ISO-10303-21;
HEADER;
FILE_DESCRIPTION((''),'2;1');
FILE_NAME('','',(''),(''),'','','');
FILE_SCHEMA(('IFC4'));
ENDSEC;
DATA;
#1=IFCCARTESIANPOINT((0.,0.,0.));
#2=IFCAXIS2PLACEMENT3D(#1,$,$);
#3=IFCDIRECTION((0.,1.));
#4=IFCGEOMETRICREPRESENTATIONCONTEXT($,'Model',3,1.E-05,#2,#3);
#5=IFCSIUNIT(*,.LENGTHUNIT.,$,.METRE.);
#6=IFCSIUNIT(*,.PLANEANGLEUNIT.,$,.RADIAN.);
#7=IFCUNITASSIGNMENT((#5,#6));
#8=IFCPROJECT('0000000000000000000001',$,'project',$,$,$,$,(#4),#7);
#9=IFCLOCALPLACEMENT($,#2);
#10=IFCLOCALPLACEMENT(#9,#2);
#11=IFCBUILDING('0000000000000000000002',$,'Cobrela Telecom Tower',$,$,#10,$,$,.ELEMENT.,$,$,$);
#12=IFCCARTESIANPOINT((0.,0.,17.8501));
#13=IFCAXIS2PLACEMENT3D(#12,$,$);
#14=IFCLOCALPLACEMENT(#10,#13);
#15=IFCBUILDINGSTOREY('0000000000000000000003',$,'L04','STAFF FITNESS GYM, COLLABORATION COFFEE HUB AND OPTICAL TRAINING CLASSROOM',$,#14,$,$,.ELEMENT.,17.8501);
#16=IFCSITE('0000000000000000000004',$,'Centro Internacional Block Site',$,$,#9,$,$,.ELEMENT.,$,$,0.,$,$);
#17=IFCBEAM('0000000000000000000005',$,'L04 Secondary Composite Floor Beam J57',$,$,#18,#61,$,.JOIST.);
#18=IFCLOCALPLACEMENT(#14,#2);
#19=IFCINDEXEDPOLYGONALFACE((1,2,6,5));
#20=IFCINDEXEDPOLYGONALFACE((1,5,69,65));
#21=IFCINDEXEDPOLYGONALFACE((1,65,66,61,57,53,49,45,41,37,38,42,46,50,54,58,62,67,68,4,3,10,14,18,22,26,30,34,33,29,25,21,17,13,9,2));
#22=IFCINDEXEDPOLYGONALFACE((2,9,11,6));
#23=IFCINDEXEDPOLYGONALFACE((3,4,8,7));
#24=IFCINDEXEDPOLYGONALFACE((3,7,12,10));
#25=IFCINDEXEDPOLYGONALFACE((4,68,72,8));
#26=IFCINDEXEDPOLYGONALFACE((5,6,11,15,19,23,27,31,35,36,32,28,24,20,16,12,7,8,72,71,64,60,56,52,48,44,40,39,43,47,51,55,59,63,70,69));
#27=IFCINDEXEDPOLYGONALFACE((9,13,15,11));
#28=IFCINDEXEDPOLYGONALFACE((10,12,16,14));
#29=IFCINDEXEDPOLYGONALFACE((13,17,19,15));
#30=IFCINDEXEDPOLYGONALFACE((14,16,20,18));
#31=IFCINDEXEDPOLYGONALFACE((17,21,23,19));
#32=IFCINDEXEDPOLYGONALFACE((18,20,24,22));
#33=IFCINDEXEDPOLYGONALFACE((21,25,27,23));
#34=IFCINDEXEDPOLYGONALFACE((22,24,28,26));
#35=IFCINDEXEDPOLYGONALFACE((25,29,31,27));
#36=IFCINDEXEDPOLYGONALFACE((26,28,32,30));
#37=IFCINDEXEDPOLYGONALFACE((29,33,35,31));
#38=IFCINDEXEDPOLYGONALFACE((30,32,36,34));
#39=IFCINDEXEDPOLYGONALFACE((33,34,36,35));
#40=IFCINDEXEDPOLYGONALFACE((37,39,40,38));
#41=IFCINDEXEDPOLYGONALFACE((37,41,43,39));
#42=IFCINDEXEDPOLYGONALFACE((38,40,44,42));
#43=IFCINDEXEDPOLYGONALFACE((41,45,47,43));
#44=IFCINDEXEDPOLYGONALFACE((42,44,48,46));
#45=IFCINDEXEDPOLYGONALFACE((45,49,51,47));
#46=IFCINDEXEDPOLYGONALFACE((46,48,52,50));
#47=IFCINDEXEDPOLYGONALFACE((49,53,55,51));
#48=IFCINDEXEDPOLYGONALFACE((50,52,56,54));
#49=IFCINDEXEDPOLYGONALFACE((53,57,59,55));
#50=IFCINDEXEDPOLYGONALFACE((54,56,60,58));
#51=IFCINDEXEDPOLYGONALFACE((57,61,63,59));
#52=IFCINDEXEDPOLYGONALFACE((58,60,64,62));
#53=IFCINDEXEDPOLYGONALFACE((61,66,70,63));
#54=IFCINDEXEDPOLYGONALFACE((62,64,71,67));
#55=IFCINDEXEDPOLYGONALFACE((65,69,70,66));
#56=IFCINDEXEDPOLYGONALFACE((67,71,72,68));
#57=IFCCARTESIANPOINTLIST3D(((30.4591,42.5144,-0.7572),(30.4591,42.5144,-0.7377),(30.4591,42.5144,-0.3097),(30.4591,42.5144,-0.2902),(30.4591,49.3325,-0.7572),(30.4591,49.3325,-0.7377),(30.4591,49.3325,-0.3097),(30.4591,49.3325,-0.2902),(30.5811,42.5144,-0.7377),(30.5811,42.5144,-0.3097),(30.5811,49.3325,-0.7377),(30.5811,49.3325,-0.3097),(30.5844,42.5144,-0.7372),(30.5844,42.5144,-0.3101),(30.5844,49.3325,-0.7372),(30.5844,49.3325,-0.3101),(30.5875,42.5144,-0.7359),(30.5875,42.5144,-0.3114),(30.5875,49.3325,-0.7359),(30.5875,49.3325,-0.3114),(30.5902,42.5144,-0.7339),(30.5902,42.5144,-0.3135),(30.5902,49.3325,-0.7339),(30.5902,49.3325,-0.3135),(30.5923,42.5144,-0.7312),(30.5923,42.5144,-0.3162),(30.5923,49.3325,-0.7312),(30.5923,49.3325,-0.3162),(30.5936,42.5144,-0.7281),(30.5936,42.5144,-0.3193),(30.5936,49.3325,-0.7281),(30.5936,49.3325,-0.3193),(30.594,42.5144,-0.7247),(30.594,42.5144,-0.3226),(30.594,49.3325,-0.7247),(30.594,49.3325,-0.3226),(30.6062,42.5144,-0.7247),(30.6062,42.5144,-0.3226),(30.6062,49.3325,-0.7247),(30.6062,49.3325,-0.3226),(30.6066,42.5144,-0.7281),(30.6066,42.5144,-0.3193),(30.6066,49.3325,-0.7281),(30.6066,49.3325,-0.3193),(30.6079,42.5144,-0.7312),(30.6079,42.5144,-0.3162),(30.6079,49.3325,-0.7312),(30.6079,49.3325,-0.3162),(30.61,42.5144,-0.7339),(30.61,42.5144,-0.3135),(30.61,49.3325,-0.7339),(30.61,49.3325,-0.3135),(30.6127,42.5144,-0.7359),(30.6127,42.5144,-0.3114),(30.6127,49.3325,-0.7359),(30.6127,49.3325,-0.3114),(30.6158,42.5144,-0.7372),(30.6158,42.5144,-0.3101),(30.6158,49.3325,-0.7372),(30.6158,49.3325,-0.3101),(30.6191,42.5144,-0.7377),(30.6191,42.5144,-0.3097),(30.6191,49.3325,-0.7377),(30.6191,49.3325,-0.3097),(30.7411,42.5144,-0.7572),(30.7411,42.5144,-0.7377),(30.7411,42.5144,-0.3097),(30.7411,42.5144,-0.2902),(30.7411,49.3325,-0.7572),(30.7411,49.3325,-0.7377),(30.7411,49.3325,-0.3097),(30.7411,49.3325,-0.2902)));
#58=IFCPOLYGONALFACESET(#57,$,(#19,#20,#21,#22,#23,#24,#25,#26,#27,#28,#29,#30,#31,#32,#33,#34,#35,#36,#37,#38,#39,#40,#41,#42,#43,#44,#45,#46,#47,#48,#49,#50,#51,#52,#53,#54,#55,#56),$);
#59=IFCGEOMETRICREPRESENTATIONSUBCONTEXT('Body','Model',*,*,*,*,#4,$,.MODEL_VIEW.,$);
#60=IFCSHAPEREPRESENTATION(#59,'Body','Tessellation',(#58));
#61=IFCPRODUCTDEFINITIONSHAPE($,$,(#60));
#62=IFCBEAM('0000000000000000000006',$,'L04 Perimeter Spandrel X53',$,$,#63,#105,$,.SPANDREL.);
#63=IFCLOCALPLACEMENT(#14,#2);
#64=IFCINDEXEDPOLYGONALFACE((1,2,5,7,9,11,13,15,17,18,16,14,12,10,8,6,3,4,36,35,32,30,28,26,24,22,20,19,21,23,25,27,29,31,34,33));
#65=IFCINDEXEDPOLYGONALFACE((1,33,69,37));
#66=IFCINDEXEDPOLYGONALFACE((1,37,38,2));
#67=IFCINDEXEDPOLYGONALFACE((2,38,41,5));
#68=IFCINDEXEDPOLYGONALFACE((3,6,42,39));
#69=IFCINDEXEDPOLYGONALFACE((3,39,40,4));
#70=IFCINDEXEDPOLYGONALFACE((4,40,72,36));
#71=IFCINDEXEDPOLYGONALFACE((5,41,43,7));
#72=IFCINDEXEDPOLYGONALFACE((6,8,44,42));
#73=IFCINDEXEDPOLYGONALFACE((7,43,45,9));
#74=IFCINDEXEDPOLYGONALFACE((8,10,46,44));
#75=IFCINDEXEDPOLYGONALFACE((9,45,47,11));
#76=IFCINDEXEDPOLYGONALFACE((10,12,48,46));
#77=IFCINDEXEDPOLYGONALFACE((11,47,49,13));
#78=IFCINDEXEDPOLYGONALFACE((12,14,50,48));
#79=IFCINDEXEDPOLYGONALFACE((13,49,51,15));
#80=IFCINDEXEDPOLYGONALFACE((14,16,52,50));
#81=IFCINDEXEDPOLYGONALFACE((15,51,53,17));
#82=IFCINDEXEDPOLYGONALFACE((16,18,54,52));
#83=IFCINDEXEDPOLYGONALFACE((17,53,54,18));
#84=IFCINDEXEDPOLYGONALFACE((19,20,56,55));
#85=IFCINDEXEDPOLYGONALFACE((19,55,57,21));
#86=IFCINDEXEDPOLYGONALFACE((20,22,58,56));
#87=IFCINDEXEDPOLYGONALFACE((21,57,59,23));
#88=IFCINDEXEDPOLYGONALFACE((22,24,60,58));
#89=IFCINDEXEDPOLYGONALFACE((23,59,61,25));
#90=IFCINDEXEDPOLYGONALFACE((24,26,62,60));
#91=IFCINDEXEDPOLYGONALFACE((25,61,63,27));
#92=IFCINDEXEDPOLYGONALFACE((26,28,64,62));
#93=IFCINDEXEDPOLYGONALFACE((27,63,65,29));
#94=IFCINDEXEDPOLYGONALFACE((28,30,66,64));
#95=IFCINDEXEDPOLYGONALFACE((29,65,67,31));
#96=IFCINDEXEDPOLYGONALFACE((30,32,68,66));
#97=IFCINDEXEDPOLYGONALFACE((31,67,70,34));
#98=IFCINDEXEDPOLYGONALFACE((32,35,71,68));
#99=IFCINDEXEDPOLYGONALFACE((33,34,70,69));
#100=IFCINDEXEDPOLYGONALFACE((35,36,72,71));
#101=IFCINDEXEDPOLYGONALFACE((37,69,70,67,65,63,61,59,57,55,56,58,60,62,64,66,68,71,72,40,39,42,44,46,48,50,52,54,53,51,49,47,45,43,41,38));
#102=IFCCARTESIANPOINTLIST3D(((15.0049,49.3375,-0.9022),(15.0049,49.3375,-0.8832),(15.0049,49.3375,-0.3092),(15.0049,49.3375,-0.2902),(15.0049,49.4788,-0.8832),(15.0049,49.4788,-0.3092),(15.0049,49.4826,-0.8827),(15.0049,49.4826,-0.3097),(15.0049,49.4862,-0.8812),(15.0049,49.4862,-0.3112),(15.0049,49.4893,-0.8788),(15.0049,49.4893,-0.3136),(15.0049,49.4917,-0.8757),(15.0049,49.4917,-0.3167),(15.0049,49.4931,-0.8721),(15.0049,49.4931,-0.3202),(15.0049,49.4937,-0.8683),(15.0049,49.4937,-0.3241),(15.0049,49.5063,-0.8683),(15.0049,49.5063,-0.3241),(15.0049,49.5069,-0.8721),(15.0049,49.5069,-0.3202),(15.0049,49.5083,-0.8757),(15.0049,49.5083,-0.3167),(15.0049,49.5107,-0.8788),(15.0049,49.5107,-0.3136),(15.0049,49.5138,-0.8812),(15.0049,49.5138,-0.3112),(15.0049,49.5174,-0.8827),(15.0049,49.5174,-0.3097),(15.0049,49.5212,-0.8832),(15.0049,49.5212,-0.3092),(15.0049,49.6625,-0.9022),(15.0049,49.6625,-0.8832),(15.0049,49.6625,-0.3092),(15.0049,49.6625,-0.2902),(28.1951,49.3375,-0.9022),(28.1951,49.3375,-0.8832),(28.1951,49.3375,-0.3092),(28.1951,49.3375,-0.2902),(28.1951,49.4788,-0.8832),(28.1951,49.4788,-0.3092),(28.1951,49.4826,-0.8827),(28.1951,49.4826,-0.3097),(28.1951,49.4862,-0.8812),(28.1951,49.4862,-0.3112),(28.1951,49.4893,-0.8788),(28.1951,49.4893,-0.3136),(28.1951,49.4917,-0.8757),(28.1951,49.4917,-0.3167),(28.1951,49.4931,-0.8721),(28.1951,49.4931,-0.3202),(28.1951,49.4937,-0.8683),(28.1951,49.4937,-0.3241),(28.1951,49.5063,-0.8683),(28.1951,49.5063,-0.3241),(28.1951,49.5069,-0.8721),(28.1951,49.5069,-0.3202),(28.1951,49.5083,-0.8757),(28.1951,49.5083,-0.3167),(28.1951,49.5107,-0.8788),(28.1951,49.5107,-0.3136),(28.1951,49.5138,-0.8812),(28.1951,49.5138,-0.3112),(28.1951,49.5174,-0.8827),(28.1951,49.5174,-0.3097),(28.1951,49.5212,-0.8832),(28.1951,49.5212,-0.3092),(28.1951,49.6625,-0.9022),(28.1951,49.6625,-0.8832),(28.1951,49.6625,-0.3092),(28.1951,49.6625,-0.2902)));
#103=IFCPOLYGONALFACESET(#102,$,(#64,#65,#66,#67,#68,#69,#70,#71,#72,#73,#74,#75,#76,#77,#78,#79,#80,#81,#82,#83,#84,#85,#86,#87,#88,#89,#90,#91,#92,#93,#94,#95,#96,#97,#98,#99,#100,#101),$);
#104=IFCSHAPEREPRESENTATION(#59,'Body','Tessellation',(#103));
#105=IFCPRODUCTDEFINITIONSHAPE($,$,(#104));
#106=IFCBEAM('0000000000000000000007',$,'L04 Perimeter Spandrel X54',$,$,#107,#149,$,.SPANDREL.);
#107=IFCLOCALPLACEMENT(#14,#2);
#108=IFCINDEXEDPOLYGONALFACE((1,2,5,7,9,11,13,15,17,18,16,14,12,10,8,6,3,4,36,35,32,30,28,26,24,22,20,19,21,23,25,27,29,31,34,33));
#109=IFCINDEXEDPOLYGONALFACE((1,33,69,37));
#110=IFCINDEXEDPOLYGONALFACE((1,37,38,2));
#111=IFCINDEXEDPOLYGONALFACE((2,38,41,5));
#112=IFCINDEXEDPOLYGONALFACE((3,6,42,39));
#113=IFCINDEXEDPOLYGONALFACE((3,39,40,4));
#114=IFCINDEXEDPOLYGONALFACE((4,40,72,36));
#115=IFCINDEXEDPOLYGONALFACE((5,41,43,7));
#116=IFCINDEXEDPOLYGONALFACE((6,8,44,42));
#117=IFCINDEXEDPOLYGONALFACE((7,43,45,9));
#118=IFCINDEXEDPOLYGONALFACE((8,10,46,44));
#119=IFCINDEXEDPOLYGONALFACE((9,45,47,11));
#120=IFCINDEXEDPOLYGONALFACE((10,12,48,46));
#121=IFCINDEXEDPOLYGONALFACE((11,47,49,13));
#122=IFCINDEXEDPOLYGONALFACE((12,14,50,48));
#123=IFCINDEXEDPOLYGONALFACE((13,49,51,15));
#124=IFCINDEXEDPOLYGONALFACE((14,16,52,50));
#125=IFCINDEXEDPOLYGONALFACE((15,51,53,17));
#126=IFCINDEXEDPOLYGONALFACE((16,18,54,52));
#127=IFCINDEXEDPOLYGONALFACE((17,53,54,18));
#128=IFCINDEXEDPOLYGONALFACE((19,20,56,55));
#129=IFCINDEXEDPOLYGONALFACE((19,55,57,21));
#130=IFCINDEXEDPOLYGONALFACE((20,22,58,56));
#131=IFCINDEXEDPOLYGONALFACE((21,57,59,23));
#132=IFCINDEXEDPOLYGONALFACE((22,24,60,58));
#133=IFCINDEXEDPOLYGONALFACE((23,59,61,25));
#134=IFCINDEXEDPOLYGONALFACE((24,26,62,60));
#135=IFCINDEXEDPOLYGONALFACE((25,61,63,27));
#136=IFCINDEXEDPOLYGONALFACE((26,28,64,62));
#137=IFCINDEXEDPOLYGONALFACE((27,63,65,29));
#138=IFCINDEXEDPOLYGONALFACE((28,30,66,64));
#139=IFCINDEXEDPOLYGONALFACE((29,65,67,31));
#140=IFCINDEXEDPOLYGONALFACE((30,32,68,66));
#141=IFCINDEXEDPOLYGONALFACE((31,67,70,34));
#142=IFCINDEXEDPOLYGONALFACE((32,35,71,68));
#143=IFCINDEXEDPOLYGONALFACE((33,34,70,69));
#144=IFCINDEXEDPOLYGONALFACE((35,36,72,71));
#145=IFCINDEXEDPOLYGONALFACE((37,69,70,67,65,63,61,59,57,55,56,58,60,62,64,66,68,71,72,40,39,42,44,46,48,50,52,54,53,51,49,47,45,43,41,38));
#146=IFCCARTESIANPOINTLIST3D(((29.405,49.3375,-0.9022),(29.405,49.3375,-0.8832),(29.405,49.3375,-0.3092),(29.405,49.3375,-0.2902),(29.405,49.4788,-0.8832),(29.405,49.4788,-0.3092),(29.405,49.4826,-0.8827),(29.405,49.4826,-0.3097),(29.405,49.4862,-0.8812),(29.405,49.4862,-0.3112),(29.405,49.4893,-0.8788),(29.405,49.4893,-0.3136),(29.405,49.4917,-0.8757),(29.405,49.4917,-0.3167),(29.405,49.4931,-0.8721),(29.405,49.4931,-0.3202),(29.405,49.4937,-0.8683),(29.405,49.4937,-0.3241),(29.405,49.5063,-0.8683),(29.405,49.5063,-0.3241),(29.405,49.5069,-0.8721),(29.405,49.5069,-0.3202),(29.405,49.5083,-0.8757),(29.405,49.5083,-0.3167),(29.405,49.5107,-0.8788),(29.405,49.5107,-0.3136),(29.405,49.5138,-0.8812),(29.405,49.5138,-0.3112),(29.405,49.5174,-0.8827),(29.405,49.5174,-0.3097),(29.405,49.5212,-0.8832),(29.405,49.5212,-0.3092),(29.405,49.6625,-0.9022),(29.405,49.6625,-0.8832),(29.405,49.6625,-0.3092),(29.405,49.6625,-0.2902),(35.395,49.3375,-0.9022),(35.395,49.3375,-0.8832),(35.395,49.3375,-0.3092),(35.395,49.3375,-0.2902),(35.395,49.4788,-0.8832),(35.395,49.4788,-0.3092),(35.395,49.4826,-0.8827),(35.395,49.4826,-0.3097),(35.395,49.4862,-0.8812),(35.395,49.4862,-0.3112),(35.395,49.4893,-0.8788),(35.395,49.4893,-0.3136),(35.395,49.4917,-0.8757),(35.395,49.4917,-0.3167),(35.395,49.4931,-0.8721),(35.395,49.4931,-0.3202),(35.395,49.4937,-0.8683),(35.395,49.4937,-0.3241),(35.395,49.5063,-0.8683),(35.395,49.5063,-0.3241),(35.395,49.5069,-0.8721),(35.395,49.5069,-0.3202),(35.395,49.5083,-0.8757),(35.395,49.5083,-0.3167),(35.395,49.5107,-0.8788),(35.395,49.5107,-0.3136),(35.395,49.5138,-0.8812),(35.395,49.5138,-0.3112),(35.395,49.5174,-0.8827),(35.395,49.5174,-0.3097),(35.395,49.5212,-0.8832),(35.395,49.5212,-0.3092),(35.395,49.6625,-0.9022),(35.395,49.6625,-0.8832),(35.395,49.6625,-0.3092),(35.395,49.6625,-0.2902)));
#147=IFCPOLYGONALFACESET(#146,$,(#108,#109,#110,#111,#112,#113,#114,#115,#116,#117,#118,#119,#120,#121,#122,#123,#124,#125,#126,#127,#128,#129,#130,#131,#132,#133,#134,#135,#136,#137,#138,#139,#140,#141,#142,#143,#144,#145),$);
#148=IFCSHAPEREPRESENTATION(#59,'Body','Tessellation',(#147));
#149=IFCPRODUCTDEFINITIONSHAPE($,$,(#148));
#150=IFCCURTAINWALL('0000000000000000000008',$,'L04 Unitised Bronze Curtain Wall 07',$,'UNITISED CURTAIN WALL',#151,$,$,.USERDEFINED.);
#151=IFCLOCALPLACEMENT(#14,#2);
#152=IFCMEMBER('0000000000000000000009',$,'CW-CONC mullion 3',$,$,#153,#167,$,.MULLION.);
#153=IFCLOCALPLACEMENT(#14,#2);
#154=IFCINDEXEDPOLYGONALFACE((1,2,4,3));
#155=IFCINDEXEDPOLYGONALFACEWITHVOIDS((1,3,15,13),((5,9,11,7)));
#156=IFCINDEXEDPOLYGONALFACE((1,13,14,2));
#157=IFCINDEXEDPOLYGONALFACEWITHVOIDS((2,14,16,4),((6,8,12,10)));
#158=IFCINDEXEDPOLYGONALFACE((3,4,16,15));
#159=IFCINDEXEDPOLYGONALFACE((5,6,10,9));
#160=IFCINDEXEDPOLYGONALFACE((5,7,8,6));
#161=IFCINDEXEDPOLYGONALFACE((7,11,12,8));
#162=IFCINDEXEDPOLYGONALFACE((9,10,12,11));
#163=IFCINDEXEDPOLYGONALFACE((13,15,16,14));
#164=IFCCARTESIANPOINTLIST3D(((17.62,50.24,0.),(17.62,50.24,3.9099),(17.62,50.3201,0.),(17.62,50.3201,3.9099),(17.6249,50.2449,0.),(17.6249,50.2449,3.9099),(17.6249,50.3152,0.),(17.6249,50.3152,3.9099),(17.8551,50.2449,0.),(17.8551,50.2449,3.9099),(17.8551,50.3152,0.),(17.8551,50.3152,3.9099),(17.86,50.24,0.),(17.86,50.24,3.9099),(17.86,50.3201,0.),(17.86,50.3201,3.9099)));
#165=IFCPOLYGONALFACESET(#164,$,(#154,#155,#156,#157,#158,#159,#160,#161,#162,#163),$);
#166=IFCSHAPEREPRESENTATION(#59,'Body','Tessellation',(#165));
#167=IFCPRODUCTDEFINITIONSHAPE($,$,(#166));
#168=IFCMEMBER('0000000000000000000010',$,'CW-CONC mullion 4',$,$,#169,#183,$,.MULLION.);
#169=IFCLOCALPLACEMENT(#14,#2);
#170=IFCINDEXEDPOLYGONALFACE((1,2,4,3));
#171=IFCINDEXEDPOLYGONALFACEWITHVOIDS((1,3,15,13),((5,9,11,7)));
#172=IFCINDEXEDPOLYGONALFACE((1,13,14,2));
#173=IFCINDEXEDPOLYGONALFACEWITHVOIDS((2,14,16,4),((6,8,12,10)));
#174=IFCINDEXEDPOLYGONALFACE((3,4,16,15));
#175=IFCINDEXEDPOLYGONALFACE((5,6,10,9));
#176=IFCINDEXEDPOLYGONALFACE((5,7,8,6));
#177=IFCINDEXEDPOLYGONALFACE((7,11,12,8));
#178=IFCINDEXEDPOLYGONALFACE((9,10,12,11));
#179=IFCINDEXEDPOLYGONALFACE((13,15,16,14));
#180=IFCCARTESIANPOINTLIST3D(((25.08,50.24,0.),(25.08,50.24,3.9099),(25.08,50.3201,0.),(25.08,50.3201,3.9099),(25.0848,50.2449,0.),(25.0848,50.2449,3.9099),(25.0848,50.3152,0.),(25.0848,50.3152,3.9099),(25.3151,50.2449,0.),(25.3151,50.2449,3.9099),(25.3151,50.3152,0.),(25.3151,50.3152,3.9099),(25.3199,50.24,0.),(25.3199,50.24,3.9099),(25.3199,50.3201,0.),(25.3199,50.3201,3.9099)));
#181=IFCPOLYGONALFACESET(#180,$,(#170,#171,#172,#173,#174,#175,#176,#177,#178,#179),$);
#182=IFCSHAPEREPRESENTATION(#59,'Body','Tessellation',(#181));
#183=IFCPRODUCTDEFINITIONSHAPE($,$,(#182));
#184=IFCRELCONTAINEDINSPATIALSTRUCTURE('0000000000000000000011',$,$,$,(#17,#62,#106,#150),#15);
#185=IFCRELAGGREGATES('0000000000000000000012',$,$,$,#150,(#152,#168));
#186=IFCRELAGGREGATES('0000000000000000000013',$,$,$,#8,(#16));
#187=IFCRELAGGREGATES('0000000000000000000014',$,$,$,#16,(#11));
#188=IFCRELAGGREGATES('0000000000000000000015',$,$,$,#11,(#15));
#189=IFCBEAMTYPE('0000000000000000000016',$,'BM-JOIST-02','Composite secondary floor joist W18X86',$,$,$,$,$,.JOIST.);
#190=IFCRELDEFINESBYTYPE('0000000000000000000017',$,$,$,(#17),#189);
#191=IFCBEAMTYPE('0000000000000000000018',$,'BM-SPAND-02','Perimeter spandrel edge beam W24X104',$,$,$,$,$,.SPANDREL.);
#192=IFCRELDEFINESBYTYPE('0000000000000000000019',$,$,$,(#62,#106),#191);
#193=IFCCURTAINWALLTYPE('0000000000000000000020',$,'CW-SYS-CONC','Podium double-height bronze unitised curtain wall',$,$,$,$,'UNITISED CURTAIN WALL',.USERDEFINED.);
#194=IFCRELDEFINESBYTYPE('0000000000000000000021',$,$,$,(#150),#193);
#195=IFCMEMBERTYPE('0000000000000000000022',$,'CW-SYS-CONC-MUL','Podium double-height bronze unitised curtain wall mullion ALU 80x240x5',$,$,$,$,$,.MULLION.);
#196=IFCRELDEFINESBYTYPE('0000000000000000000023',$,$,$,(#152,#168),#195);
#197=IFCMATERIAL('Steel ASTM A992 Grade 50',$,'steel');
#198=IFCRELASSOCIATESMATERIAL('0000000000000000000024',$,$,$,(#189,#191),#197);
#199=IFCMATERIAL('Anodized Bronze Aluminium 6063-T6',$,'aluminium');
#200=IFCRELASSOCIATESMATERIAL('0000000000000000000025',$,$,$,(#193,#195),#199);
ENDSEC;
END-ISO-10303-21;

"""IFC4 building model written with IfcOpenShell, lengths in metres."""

from ifc_helpers import new_model, si_unit, direction, frame, origin, origin_2d, place, context, subcontext, project, spatial, hollow_rectangle, i_section, extrude, material, material_profile, profile_set, type_object, element, aggregate, save


model = new_model("IFC4")

# Units and contexts
model_context = context("Model", 3, precision=1e-05, world=origin(), true_north=direction((0.0, 1.0)))
body_context = subcontext(model_context, "Body", "Model", "MODEL_VIEW")
ifc_project = project(units=[si_unit("LENGTHUNIT", "METRE"), si_unit("PLANEANGLEUNIT", "RADIAN")], contexts=[model_context])

# Site, building, storey
site_placement = place(None, origin())
site = spatial("IfcSite", under=ifc_project, at=site_placement, Name="Centro Internacional Block Site", CompositionType="ELEMENT", RefElevation=0.0)
building_placement = place(site_placement, origin())
building = spatial("IfcBuilding", under=site, at=building_placement, Name="Cobrela Telecom Tower", CompositionType="ELEMENT")
storey_placement = place(building_placement, frame((0.0, 0.0, 17.8501)))
storey = spatial("IfcBuildingStorey", under=building, at=storey_placement, Name="L04", Description="STAFF FITNESS GYM, COLLABORATION COFFEE HUB AND OPTICAL TRAINING CLASSROOM", CompositionType="ELEMENT", Elevation=17.8501)

# Beams
ifc_material_1 = material(Name="Steel ASTM A992 Grade 50", Category="steel")
ifc_material_profile_1 = material_profile(ifc_material_1, i_section(OverallWidth=0.282, OverallDepth=0.467, WebThickness=0.0122, FlangeThickness=0.0195, FilletRadius=0.0129, at=origin_2d()), Name="W18X86")
ifc_profile_set_1 = profile_set([ifc_material_profile_1], Name="Steel ASTM A992 Grade 50")
beam_type_1 = type_object("IfcBeamType", Name="BM-JOIST-02", Description="Composite secondary floor joist W18X86", PredefinedType="JOIST", material=ifc_profile_set_1)
for number, where, z_axis, x_axis, name in (
    (1, (30.6001, 42.5144, -0.5237), (0.0, 1.0, 0.0), (-1.0, 0.0, 0.0), "L04 Secondary Composite Floor Beam J57"),
):
    element("IfcBeam", number, at=place(storey_placement, frame(where, z_axis=z_axis, x_axis=x_axis)), inside=storey, type_object=beam_type_1, Name=name, PredefinedType="JOIST", context=body_context, shape_type="SweptSolid", body=[
        extrude(i_section(OverallWidth=0.282, OverallDepth=0.467, WebThickness=0.0122, FlangeThickness=0.0195, FilletRadius=0.0129, at=origin_2d()), origin(), (0.0, 0.0, 1.0), 6.8181),
    ])
ifc_material_profile_2 = material_profile(ifc_material_1, i_section(OverallWidth=0.325, OverallDepth=0.6121, WebThickness=0.0127, FlangeThickness=0.019, FilletRadius=0.0149, at=origin_2d()), Name="W24X104")
ifc_profile_set_2 = profile_set([ifc_material_profile_2], Name="Steel ASTM A992 Grade 50")
beam_type_2 = type_object("IfcBeamType", Name="BM-SPAND-02", Description="Perimeter spandrel edge beam W24X104", PredefinedType="SPANDREL", material=ifc_profile_set_2)
beam_1_placement = place(storey_placement, frame((15.0049, 49.5, -0.5962), z_axis=(1.0, 0.0, 0.0), x_axis=(0.0, 1.0, 0.0)))
element("IfcBeam", 2, at=beam_1_placement, inside=storey, type_object=beam_type_2, Name="L04 Perimeter Spandrel X53", PredefinedType="SPANDREL", context=body_context, shape_type="SweptSolid", body=[
    extrude(i_section(OverallWidth=0.325, OverallDepth=0.6121, WebThickness=0.0127, FlangeThickness=0.019, FilletRadius=0.0149, at=origin_2d()), origin(), (0.0, 0.0, 1.0), 13.1902),
])
beam_2_placement = place(storey_placement, frame((29.405, 49.5, -0.5962), z_axis=(1.0, 0.0, 0.0), x_axis=(0.0, 1.0, 0.0)))
element("IfcBeam", 3, at=beam_2_placement, inside=storey, type_object=beam_type_2, Name="L04 Perimeter Spandrel X54", PredefinedType="SPANDREL", context=body_context, shape_type="SweptSolid", body=[
    extrude(i_section(OverallWidth=0.325, OverallDepth=0.6121, WebThickness=0.0127, FlangeThickness=0.019, FilletRadius=0.0149, at=origin_2d()), origin(), (0.0, 0.0, 1.0), 5.99),
])

# Curtain wall, members
ifc_material_2 = material(Name="Anodized Bronze Aluminium 6063-T6", Category="aluminium")
curtain_wall_type = type_object("IfcCurtainWallType", Name="CW-SYS-CONC", Description="Podium double-height bronze unitised curtain wall", ElementType="UNITISED CURTAIN WALL", PredefinedType="USERDEFINED", material=ifc_material_2)
curtain_wall_placement = place(storey_placement, origin())
curtain_wall = element("IfcCurtainWall", 4, at=curtain_wall_placement, inside=storey, type_object=curtain_wall_type, Name="L04 Unitised Bronze Curtain Wall 07", ObjectType="UNITISED CURTAIN WALL", PredefinedType="USERDEFINED")
ifc_material_profile_3 = material_profile(ifc_material_2, hollow_rectangle(XDim=0.0801, YDim=0.24, WallThickness=0.0049, at=origin_2d()), Name="ALU 80x240x5")
ifc_profile_set_3 = profile_set([ifc_material_profile_3], Name="Anodized Bronze Aluminium 6063-T6")
member_type_1 = type_object("IfcMemberType", Name="CW-SYS-CONC-MUL", Description="Podium double-height bronze unitised curtain wall mullion ALU 80x240x5", PredefinedType="MULLION", material=ifc_profile_set_3)
member_1_placement = place(storey_placement, frame((17.74, 50.28, 0.0), z_axis=(0.0, 0.0, 1.0), x_axis=(0.0, 1.0, 0.0)))
member_1 = element("IfcMember", 5, at=member_1_placement, type_object=member_type_1, Name="CW-CONC mullion 3", PredefinedType="MULLION", context=body_context, shape_type="SweptSolid", body=[
    extrude(hollow_rectangle(XDim=0.0801, YDim=0.24, WallThickness=0.0049, at=origin_2d()), origin(), (0.0, 0.0, 1.0), 3.9099),
])
member_2_placement = place(storey_placement, frame((25.2, 50.28, 0.0), z_axis=(0.0, 0.0, 1.0), x_axis=(0.0, 1.0, 0.0)))
member_2 = element("IfcMember", 6, at=member_2_placement, type_object=member_type_1, Name="CW-CONC mullion 4", PredefinedType="MULLION", context=body_context, shape_type="SweptSolid", body=[
    extrude(hollow_rectangle(XDim=0.0801, YDim=0.24, WallThickness=0.0049, at=origin_2d()), origin(), (0.0, 0.0, 1.0), 3.9099),
])
aggregate(curtain_wall, [member_1, member_2])

save(model, "model.ifc")
